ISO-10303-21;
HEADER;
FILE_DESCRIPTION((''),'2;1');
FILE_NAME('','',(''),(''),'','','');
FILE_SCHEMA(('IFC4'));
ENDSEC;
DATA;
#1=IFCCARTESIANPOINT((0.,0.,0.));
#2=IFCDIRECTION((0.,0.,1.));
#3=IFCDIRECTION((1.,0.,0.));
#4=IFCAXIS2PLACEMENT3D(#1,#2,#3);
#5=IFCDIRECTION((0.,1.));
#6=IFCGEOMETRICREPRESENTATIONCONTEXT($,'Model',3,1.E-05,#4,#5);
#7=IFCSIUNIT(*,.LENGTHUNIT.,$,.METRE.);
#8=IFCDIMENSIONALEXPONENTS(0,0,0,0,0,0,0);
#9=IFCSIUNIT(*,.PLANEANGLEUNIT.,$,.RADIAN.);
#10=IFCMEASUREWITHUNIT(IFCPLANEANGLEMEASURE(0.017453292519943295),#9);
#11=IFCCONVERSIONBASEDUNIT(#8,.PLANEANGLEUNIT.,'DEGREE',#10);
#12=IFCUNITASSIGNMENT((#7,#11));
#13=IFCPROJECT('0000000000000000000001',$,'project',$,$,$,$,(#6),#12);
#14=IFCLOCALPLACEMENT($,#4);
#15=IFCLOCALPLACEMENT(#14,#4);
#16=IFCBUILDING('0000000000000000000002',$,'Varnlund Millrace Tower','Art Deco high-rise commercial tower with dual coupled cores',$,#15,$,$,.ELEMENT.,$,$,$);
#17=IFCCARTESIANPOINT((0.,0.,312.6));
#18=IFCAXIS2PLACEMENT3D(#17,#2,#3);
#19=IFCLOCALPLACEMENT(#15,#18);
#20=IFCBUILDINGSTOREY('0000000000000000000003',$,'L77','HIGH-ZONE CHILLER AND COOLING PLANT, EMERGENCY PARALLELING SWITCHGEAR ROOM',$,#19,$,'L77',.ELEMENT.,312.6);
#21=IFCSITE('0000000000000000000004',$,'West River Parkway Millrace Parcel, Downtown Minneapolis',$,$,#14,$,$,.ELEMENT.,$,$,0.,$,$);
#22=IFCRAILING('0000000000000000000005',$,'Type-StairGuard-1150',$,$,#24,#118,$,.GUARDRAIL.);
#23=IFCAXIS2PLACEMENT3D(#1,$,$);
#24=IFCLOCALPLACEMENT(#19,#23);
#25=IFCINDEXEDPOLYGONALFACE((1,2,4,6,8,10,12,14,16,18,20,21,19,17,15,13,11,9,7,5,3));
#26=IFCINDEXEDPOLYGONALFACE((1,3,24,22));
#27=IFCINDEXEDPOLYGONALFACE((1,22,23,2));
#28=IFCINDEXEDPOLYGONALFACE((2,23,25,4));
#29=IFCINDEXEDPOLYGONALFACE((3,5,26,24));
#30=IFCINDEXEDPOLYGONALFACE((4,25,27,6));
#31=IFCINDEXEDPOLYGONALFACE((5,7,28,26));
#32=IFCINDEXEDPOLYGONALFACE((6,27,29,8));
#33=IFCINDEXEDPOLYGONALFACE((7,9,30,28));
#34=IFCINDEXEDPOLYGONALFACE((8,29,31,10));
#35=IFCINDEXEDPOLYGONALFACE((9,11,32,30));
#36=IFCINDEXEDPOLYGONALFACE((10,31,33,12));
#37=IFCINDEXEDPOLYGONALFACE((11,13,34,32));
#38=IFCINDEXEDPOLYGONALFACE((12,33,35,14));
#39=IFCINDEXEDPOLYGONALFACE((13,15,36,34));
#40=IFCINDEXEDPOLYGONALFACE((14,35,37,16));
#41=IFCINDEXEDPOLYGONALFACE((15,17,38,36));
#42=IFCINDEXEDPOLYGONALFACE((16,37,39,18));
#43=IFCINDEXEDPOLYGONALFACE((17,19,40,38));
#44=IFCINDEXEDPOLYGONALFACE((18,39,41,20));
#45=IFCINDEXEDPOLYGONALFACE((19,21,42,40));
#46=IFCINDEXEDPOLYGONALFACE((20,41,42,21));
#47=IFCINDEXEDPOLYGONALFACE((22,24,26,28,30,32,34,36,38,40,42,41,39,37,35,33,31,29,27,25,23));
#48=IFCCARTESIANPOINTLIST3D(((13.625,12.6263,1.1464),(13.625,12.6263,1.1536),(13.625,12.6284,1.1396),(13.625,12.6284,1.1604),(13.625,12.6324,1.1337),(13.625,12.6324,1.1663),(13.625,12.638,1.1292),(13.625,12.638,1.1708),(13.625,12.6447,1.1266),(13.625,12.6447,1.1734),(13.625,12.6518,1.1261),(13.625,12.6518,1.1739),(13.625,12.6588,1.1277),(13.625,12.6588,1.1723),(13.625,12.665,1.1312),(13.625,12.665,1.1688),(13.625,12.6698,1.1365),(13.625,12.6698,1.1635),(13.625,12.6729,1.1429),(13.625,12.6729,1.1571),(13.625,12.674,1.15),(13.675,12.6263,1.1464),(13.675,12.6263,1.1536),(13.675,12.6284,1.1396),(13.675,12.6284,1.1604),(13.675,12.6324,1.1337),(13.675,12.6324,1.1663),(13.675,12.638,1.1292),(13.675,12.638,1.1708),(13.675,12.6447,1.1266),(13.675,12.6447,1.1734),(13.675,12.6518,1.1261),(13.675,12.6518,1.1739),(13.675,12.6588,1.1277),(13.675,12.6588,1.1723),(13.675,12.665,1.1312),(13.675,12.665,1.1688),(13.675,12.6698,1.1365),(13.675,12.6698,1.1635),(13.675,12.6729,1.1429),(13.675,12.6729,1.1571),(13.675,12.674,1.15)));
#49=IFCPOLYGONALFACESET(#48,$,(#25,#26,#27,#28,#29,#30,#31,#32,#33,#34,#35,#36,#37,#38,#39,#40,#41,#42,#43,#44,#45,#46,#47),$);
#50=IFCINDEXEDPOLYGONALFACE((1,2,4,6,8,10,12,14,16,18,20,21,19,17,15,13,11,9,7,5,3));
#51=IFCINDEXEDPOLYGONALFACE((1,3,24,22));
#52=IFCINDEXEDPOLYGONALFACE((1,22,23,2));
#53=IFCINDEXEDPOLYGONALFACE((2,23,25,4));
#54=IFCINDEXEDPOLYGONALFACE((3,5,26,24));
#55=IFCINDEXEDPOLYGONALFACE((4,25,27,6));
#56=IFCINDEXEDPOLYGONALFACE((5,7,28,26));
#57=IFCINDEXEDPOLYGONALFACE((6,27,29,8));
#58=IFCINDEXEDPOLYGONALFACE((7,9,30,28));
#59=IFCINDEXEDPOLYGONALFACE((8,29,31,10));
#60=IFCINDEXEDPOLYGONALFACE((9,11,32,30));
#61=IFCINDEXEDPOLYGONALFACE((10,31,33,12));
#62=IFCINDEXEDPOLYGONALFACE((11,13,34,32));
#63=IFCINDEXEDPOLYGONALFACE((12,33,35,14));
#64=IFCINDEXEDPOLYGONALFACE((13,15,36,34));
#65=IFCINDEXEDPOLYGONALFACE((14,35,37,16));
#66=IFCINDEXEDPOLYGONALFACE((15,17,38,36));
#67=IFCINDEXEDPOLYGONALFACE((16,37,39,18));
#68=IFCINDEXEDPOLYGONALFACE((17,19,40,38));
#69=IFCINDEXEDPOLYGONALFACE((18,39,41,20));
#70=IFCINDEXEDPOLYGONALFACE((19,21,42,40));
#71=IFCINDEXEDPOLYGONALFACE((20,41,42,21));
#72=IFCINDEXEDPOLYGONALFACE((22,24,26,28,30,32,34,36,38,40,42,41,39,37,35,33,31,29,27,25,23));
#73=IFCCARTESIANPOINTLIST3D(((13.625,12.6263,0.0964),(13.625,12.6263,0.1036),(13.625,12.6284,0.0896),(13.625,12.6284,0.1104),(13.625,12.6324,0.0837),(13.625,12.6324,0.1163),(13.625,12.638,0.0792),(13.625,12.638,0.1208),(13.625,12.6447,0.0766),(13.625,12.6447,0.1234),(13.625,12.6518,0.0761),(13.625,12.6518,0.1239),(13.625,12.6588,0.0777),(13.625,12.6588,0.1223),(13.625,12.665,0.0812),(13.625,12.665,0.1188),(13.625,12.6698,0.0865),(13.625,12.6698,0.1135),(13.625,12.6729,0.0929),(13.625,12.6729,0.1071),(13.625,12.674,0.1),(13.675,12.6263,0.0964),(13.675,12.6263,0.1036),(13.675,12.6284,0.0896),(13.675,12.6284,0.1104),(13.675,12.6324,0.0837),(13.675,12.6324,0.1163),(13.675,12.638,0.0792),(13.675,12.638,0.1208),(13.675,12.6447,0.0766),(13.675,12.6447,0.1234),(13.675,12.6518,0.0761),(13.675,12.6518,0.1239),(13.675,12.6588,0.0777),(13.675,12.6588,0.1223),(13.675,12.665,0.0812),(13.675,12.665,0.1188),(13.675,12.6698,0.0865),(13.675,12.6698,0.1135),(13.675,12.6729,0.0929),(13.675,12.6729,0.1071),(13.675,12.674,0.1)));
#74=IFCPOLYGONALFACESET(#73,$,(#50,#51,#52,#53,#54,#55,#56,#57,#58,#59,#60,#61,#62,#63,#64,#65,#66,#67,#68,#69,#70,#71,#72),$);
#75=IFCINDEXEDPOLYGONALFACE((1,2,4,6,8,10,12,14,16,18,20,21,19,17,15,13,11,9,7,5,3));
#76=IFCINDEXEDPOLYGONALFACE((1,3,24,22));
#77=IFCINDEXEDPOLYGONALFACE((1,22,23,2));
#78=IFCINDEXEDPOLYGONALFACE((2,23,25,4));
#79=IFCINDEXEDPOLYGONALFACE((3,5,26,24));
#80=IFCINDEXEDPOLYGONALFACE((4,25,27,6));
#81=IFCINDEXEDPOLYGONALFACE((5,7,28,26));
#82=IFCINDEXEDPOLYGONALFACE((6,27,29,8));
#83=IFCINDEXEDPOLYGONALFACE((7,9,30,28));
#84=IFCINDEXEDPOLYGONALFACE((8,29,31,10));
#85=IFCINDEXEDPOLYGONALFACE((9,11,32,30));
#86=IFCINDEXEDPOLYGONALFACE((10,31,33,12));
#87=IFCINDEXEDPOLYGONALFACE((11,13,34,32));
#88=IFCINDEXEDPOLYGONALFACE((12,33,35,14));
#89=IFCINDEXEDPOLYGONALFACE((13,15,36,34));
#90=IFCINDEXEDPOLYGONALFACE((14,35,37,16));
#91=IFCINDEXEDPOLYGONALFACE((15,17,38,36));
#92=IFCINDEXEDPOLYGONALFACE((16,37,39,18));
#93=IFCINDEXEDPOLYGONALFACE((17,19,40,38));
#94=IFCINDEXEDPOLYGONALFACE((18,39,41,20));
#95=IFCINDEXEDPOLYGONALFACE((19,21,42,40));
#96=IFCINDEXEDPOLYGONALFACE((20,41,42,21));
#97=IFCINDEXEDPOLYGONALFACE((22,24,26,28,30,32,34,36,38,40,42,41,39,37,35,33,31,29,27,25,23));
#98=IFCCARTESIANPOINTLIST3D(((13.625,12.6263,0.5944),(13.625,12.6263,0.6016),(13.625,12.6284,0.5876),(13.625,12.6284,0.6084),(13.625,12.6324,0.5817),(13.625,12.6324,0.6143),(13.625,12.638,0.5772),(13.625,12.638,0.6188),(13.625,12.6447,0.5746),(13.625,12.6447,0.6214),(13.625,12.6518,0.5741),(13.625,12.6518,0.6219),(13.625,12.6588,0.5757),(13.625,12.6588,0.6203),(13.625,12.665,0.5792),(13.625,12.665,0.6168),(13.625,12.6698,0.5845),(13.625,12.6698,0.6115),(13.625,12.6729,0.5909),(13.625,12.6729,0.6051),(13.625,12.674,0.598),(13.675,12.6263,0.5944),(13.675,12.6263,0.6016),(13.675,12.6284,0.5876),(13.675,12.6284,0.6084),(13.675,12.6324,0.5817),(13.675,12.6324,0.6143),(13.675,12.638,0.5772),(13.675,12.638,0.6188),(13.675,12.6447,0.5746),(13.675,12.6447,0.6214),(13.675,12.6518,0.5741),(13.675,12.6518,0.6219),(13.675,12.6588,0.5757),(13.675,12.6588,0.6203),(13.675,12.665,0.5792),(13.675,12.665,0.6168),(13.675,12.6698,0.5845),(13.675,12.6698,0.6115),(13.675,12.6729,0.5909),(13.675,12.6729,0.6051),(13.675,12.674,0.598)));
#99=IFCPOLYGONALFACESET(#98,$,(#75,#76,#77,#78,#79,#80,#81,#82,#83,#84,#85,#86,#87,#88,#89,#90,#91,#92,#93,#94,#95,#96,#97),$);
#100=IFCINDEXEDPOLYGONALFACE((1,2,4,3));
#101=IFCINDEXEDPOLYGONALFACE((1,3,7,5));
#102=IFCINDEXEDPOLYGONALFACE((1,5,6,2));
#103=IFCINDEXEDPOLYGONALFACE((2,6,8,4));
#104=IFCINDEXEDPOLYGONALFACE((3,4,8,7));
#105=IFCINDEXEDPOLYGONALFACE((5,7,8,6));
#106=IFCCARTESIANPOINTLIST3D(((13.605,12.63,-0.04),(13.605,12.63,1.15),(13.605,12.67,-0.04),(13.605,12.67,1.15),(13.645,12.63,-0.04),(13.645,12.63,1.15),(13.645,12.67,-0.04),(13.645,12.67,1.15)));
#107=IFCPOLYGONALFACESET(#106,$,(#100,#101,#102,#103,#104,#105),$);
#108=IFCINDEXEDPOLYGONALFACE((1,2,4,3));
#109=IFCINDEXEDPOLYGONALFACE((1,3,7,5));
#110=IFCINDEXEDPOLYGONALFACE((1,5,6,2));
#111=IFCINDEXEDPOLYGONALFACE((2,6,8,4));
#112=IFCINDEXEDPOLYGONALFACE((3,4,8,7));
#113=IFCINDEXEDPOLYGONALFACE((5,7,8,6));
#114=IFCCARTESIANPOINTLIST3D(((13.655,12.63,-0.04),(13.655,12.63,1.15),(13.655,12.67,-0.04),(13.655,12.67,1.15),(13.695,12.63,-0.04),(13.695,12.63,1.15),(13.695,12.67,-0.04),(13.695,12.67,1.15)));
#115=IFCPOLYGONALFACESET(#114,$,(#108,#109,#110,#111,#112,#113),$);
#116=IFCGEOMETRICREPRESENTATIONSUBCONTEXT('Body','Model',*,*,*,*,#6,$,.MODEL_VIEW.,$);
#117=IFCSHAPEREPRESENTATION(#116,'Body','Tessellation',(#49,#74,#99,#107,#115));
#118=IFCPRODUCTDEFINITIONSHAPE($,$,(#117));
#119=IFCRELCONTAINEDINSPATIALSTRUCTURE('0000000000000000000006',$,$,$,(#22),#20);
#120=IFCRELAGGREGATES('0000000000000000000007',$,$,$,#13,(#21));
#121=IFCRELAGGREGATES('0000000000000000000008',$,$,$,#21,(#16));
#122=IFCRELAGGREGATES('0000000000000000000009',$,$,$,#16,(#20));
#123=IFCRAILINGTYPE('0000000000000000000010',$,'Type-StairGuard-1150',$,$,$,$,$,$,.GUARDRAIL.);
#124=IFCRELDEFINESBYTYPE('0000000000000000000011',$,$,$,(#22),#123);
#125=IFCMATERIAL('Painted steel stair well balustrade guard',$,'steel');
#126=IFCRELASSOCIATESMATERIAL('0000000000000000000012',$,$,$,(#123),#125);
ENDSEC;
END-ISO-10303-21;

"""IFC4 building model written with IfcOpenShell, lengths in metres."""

from ifc_helpers import new_model, entity, si_unit, converted_unit, direction, frame, origin_with_axes, origin_2d_with_axis, place, context, subcontext, project, spatial, rectangle, circle, extrude, material, type_object, element, save


model = new_model("IFC4")

# Units and contexts
model_context = context("Model", 3, precision=1e-05, world=origin_with_axes(), true_north=direction((0.0, 1.0)))
body_context = subcontext(model_context, "Body", "Model", "MODEL_VIEW")
ifc_project = project(units=[si_unit("LENGTHUNIT", "METRE"), converted_unit("PLANEANGLEUNIT", "DEGREE", entity("IfcPlaneAngleMeasure", 0.017453292519943295), si_unit("PLANEANGLEUNIT", "RADIAN"), dimensions=[0, 0, 0, 0, 0, 0, 0])], contexts=[model_context])

# Site, building, storey
site_placement = place(None, origin_with_axes())
site = spatial("IfcSite", under=ifc_project, at=site_placement, Name="West River Parkway Millrace Parcel, Downtown Minneapolis", CompositionType="ELEMENT", RefElevation=0.0)
building_placement = place(site_placement, origin_with_axes())
building = spatial("IfcBuilding", under=site, at=building_placement, Name="Varnlund Millrace Tower", Description="Art Deco high-rise commercial tower with dual coupled cores", CompositionType="ELEMENT")
storey_placement = place(building_placement, frame((0.0, 0.0, 312.6), z_axis=(0.0, 0.0, 1.0), x_axis=(1.0, 0.0, 0.0)))
storey = spatial("IfcBuildingStorey", under=building, at=storey_placement, Name="L77", Description="HIGH-ZONE CHILLER AND COOLING PLANT, EMERGENCY PARALLELING SWITCHGEAR ROOM", LongName="L77", CompositionType="ELEMENT", Elevation=312.6)

# Railing
ifc_material_1 = material(Name="Painted steel stair well balustrade guard", Category="steel")
railing_type_1 = type_object("IfcRailingType", Name="Type-StairGuard-1150", PredefinedType="GUARDRAIL", material=ifc_material_1)
railing_1_placement = place(storey_placement, frame((0.0, 0.0, -312.6), z_axis=(0.0, 0.0, 1.0), x_axis=(1.0, 0.0, 0.0)))
element("IfcRailing", 1, at=railing_1_placement, inside=storey, type_object=railing_type_1, Name="Type-StairGuard-1150", PredefinedType="GUARDRAIL", context=body_context, shape_type="SweptSolid", body=[
    extrude(circle(Radius=0.024, at=origin_2d_with_axis()), frame((13.625, 12.65, 313.75), z_axis=(1.0, 0.0, 0.0), x_axis=(0.0, 1.0, 0.0)), (0.0, 0.0, 1.0), 0.05),
    extrude(circle(Radius=0.024, at=origin_2d_with_axis()), frame((13.625, 12.65, 312.7), z_axis=(1.0, 0.0, 0.0), x_axis=(0.0, 1.0, 0.0)), (0.0, 0.0, 1.0), 0.05),
    extrude(circle(Radius=0.024, at=origin_2d_with_axis()), frame((13.625, 12.65, 313.198), z_axis=(1.0, 0.0, 0.0), x_axis=(0.0, 1.0, 0.0)), (0.0, 0.0, 1.0), 0.05),
    extrude(rectangle(XDim=0.04, YDim=0.04, at=origin_2d_with_axis()), frame((13.625, 12.65, 312.56), z_axis=(0.0, 0.0, 1.0), x_axis=(1.0, 0.0, 0.0)), (0.0, 0.0, 1.0), 1.19),
    extrude(rectangle(XDim=0.04, YDim=0.04, at=origin_2d_with_axis()), frame((13.675, 12.65, 312.56), z_axis=(0.0, 0.0, 1.0), x_axis=(1.0, 0.0, 0.0)), (0.0, 0.0, 1.0), 1.19),
])

save(model, "model.ifc")
